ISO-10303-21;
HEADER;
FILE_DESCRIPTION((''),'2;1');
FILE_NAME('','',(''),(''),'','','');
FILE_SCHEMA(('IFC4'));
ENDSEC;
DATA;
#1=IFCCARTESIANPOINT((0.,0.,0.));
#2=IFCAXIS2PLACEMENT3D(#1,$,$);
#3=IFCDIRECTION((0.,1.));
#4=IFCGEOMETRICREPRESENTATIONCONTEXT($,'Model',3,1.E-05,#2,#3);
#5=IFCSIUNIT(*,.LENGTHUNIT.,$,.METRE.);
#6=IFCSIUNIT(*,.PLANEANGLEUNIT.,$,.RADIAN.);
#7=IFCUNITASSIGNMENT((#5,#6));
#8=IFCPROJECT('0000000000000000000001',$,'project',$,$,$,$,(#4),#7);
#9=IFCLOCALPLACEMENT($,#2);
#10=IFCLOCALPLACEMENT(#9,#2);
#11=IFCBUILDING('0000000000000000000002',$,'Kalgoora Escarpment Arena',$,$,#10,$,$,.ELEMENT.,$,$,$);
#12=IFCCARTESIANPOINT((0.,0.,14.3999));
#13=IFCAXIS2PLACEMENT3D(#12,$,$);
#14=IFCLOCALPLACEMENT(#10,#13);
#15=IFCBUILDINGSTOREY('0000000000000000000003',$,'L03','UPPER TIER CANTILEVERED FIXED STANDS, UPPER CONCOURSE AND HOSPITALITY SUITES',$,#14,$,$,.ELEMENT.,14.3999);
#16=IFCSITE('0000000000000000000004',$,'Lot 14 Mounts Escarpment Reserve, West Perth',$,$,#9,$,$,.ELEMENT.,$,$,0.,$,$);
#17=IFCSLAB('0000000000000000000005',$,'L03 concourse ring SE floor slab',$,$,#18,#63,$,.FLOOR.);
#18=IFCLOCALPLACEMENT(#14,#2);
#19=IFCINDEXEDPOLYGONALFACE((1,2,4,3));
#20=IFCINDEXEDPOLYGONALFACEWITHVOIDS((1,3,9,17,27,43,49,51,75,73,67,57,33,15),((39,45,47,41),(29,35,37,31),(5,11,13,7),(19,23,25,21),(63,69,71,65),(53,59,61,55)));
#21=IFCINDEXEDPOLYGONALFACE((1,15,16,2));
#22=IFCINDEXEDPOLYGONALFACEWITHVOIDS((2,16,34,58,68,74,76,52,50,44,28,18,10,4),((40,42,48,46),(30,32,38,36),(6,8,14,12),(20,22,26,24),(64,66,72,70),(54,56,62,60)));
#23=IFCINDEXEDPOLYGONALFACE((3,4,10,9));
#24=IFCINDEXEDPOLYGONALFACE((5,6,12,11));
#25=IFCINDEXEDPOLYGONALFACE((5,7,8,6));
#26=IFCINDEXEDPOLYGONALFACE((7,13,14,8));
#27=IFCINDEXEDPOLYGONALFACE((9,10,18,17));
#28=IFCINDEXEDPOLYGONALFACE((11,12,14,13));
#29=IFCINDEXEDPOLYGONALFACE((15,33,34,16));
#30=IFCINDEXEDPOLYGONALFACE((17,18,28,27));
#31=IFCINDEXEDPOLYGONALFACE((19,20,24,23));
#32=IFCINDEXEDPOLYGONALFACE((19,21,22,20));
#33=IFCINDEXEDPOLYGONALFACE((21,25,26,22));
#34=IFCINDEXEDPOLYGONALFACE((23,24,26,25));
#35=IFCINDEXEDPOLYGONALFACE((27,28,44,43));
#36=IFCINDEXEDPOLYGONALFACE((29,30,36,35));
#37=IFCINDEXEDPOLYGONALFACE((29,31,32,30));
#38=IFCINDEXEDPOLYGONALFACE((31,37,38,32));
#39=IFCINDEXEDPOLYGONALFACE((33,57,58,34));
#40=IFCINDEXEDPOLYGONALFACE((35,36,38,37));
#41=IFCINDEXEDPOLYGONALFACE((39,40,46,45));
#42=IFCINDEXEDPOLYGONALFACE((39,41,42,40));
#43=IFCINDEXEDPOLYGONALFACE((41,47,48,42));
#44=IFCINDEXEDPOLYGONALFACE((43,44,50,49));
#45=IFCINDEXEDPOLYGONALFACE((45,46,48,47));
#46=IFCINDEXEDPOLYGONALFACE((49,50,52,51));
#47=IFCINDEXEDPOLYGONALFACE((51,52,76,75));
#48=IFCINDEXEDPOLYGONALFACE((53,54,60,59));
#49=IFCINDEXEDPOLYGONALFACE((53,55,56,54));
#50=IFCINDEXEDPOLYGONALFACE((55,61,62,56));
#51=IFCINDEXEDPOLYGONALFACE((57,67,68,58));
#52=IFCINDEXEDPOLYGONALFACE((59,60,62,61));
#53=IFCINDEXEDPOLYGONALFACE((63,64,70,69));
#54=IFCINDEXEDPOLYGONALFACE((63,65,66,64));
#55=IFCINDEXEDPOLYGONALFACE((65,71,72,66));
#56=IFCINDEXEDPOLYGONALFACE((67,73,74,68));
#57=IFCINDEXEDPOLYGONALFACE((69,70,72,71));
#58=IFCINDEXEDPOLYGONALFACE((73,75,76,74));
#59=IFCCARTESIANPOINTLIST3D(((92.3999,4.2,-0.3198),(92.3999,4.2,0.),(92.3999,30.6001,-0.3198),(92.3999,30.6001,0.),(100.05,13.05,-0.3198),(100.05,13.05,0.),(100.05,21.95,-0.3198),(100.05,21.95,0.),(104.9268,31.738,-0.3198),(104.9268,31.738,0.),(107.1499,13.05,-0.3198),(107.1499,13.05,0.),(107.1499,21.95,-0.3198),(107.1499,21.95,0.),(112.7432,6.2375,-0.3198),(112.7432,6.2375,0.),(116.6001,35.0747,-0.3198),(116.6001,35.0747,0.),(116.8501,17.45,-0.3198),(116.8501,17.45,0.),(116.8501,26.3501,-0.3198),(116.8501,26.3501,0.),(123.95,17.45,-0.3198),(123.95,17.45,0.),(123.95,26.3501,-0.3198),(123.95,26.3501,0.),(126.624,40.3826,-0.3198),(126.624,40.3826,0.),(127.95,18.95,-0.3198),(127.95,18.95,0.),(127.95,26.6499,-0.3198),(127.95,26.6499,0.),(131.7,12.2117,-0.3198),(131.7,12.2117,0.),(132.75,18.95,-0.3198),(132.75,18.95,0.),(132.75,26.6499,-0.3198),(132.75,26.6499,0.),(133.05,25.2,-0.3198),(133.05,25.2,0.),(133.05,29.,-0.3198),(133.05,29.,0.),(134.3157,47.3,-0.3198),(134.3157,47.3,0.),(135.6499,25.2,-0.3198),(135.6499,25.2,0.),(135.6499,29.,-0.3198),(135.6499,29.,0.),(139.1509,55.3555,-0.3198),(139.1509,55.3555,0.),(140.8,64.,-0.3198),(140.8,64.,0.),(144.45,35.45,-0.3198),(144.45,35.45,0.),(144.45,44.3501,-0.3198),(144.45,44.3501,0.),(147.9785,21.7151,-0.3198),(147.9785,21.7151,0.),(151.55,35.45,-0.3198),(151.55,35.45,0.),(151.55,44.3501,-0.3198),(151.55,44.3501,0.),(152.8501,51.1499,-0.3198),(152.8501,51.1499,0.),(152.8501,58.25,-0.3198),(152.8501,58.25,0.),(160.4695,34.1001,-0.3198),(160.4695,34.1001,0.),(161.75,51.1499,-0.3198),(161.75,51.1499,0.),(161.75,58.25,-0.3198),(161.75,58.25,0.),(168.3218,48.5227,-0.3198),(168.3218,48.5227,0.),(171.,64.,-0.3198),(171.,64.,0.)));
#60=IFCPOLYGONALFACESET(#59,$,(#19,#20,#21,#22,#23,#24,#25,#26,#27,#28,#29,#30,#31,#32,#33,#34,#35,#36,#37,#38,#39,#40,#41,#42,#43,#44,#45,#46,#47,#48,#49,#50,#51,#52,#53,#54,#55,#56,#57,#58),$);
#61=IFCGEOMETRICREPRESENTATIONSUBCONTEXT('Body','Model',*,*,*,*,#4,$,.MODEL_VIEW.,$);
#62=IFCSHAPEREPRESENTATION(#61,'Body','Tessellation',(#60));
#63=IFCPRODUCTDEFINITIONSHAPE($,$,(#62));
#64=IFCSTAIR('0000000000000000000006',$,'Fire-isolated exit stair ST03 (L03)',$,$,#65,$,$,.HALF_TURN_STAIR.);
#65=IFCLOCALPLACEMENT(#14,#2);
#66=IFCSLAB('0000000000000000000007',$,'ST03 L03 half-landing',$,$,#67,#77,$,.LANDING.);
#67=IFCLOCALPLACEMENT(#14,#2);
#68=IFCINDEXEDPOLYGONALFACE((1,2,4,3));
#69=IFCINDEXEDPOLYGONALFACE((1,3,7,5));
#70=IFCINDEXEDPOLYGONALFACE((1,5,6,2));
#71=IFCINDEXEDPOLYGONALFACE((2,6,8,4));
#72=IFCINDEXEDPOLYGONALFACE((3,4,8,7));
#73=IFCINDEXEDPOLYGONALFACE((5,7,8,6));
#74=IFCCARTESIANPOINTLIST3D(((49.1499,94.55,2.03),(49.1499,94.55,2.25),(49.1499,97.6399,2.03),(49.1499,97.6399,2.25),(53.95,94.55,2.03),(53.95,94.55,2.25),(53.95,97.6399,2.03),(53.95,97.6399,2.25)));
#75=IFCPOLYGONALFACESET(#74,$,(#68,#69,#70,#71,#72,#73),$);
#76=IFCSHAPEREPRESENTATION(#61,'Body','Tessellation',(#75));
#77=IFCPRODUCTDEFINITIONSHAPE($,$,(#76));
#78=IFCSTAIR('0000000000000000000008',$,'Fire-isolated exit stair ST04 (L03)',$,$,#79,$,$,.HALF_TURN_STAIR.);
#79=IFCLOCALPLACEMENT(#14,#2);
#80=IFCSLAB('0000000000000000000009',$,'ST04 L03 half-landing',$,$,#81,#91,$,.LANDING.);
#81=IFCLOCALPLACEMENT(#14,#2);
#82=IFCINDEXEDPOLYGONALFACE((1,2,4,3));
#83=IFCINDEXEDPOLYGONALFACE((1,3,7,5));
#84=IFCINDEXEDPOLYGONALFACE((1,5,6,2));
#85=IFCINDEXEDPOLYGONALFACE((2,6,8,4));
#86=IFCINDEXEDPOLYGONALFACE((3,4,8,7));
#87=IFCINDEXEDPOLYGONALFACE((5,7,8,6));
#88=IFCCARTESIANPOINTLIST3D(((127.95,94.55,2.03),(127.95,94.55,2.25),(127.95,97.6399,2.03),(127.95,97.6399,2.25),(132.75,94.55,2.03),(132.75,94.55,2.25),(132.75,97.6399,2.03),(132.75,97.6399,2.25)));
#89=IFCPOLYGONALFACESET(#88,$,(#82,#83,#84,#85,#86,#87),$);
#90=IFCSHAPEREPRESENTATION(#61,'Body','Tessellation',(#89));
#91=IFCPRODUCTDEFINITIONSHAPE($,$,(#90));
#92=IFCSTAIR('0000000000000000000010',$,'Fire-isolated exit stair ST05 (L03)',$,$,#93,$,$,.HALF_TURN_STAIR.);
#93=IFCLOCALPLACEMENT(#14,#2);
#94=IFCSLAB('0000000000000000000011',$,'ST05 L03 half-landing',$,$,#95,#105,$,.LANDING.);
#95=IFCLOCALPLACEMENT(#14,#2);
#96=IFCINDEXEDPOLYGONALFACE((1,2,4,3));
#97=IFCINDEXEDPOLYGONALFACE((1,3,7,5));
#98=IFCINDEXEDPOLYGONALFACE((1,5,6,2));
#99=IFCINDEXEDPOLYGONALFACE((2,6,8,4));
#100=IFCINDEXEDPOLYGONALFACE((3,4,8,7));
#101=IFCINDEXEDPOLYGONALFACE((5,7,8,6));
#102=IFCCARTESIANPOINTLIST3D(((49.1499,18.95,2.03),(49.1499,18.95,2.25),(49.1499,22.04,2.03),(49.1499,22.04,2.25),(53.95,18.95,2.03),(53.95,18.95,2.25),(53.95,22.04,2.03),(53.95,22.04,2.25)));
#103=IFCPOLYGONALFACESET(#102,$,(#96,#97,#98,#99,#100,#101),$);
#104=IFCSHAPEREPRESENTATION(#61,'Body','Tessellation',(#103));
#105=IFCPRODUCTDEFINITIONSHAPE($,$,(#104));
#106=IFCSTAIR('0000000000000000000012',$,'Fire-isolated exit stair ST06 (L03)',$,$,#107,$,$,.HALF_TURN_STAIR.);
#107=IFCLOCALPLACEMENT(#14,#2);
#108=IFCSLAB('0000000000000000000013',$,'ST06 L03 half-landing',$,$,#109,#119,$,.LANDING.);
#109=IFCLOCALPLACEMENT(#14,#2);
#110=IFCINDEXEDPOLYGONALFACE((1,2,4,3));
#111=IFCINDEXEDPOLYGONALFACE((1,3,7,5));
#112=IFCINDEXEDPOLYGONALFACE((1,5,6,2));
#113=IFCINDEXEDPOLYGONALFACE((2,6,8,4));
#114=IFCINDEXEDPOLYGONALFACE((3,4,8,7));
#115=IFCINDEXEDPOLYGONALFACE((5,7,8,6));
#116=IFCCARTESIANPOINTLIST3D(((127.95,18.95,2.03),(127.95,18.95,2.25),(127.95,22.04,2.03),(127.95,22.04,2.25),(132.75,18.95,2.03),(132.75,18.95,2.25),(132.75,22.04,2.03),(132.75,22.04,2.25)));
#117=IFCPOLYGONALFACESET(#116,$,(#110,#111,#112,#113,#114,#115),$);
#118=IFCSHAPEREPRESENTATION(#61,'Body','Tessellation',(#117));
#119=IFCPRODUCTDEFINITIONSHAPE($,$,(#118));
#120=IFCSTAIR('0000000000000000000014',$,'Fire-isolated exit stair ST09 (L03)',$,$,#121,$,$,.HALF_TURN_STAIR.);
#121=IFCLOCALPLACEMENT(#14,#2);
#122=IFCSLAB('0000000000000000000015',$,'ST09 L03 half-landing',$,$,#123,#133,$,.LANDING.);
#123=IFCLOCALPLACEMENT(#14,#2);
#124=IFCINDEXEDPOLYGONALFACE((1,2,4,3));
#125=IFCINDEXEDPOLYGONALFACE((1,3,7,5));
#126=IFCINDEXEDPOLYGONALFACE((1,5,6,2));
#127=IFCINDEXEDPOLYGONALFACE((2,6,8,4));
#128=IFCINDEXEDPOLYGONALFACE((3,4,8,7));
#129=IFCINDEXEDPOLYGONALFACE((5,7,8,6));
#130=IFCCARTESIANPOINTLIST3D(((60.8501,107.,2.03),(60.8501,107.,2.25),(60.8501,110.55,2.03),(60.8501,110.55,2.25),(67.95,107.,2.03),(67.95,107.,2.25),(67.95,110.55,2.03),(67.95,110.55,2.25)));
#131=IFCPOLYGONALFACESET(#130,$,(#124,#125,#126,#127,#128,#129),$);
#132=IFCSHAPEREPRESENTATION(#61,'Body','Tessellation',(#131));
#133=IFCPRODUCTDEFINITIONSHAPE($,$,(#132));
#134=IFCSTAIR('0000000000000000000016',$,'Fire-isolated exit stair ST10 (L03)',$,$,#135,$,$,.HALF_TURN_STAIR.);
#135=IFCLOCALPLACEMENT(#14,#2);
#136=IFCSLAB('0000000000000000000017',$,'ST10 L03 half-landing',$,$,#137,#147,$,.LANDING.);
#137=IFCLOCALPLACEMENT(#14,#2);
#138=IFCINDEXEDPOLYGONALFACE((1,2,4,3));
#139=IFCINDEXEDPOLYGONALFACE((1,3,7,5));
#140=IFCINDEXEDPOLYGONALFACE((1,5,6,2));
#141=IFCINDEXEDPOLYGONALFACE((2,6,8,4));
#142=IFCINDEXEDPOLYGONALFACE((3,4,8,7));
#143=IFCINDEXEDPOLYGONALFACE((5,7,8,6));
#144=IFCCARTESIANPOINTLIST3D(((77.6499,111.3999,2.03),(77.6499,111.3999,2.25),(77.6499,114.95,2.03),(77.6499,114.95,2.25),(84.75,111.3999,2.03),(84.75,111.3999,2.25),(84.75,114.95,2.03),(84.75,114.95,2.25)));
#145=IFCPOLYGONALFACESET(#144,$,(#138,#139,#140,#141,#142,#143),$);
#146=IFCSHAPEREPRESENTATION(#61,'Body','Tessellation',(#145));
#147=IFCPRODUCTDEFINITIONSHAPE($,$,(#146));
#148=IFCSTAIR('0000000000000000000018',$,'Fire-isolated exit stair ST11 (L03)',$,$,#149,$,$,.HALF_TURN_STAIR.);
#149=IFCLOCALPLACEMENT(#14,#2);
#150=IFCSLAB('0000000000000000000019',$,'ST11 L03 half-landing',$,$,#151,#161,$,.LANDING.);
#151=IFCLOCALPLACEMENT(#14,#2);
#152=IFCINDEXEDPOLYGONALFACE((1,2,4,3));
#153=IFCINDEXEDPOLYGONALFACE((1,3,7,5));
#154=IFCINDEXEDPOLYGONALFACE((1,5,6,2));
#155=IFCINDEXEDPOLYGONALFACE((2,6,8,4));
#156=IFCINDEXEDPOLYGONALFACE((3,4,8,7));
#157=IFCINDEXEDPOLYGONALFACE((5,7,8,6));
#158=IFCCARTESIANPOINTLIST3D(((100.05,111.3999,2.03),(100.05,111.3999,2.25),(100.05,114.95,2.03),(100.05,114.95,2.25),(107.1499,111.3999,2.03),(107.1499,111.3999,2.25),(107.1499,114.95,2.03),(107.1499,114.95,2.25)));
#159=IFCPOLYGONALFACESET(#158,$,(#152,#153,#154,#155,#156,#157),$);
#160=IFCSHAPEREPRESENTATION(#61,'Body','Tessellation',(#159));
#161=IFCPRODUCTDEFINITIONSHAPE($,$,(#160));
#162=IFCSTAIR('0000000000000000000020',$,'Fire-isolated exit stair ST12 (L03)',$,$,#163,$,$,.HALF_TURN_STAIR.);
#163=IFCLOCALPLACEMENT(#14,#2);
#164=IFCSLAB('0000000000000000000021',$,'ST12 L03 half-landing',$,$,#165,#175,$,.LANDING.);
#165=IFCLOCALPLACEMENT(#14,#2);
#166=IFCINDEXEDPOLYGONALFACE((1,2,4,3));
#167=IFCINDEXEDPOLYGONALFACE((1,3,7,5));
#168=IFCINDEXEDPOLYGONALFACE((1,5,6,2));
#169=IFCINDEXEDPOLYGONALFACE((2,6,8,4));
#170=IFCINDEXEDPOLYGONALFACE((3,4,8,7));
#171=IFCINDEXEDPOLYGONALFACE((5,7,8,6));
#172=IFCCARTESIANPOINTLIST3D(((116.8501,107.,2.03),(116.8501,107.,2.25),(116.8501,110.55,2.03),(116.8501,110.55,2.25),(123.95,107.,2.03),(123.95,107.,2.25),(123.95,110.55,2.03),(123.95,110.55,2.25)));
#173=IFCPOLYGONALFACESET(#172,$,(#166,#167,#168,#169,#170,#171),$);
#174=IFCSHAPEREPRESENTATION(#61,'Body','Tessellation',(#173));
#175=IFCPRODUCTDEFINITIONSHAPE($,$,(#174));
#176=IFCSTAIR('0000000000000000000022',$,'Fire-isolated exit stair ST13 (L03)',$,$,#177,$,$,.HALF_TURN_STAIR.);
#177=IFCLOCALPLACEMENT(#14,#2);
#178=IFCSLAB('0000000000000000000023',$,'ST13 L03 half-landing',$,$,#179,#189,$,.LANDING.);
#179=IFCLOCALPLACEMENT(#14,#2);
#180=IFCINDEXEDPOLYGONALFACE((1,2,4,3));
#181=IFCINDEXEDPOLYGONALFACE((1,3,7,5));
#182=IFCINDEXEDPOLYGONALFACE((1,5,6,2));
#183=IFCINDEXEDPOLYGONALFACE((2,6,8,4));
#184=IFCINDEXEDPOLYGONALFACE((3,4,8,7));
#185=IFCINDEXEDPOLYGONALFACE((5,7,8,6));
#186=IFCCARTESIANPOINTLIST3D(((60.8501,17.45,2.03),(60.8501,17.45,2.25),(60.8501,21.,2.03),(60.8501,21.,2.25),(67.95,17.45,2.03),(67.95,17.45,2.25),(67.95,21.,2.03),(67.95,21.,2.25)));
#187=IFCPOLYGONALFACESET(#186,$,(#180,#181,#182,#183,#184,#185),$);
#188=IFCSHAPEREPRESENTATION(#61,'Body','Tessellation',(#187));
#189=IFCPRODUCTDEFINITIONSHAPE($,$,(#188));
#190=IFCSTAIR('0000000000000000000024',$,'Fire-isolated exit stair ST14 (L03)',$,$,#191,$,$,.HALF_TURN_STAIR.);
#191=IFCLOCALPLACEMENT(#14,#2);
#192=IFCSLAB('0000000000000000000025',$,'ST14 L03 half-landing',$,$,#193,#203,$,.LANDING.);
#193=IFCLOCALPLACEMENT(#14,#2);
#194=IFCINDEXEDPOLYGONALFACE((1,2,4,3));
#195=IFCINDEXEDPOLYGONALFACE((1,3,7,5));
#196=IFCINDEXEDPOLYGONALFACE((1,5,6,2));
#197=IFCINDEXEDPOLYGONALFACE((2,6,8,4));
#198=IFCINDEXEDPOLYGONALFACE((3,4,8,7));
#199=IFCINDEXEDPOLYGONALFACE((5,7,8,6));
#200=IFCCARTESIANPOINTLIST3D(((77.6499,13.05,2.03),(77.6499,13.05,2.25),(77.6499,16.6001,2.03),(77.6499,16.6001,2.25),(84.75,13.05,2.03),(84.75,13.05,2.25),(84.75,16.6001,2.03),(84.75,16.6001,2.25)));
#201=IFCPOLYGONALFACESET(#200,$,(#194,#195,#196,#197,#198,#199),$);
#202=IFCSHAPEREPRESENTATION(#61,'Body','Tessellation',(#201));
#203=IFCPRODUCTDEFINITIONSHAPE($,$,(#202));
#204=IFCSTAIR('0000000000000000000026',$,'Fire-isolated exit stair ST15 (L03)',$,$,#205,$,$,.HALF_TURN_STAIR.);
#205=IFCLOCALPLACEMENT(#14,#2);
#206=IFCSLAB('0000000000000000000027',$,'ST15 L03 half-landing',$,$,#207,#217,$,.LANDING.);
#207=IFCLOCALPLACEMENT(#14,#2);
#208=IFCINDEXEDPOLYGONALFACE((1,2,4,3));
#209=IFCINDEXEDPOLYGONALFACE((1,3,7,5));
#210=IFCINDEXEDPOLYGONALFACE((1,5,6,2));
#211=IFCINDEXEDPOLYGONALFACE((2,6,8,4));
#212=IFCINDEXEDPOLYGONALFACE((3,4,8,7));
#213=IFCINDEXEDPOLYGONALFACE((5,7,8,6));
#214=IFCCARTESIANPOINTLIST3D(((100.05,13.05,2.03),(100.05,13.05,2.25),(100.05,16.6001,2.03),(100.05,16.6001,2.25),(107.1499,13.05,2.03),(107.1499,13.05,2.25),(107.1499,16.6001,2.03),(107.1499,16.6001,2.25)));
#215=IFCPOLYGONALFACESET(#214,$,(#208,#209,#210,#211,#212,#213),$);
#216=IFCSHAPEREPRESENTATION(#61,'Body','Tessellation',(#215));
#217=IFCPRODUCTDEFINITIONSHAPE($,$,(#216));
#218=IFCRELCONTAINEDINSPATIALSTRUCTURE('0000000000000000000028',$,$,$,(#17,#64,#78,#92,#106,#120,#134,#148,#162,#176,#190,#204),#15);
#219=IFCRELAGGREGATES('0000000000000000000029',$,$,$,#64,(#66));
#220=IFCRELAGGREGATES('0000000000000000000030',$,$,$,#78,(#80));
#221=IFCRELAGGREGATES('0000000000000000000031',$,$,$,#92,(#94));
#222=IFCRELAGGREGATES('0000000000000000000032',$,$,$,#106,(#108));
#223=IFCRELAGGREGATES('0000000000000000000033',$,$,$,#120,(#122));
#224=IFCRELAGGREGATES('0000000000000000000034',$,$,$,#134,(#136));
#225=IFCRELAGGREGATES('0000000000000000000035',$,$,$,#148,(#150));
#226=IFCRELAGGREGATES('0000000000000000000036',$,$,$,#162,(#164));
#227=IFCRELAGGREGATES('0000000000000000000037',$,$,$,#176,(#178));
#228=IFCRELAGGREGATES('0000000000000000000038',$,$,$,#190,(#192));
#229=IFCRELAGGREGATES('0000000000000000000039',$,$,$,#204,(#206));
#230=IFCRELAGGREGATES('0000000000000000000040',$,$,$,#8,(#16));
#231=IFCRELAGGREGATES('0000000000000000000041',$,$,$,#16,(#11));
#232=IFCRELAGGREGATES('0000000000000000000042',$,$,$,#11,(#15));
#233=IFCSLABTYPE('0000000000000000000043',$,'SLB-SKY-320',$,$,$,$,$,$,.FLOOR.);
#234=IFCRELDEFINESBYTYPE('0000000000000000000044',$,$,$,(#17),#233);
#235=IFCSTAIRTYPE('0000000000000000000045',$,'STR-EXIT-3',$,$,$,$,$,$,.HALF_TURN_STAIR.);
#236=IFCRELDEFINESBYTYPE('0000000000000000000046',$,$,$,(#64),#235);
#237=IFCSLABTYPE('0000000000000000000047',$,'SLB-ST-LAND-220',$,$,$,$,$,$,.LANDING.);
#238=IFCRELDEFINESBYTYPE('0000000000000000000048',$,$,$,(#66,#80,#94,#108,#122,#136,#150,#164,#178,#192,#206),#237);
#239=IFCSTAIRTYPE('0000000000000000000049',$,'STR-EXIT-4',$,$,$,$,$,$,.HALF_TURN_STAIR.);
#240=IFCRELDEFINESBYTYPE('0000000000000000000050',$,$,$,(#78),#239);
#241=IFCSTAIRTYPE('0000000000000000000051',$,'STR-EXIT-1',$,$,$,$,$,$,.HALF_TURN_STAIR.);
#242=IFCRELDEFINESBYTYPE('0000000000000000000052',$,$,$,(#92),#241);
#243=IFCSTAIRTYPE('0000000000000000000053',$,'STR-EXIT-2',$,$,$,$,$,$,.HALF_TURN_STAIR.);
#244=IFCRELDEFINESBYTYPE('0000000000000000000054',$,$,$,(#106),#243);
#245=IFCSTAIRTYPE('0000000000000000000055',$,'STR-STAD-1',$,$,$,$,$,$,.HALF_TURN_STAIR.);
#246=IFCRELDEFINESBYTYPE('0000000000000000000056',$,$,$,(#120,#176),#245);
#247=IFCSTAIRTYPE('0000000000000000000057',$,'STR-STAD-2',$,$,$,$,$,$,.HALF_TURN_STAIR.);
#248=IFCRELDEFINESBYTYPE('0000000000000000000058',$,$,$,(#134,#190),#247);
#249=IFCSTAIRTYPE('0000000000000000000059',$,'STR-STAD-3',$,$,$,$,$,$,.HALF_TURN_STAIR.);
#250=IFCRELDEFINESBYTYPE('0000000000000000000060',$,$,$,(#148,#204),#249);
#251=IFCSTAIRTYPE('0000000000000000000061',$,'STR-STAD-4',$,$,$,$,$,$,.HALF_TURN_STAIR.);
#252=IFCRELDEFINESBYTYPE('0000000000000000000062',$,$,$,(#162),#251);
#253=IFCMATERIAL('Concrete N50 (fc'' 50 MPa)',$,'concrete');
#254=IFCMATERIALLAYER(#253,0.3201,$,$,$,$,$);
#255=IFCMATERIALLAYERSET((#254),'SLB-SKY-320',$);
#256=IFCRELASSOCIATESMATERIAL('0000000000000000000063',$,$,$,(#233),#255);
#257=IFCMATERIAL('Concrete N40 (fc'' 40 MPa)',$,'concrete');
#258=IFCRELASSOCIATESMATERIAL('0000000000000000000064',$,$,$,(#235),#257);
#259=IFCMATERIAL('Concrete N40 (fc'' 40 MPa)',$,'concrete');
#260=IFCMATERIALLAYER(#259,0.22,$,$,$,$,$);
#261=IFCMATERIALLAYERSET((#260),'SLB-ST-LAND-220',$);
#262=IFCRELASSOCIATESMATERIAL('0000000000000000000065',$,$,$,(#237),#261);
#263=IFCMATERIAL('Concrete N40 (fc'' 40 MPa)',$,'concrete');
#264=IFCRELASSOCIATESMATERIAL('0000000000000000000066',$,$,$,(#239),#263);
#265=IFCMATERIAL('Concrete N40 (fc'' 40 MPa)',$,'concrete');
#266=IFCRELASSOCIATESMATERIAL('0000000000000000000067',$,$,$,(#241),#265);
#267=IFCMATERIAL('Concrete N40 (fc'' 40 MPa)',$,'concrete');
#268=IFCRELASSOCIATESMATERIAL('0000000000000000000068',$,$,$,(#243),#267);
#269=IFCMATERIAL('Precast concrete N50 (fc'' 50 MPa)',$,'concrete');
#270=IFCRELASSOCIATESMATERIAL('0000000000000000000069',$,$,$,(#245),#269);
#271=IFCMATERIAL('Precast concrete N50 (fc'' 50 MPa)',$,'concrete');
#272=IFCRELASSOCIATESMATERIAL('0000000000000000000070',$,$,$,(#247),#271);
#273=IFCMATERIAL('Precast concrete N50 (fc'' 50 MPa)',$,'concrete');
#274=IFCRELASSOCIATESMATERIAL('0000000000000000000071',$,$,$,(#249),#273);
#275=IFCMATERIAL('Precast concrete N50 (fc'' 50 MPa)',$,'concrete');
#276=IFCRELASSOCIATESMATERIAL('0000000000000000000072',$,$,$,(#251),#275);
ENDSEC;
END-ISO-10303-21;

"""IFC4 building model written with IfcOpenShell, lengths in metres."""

from ifc_helpers import new_model, si_unit, direction, frame, origin, place, context, subcontext, project, spatial, polyline, outline, extrude, material, layer, layer_set, type_object, element, aggregate, save


model = new_model("IFC4")

# Units and contexts
model_context = context("Model", 3, precision=1e-05, world=origin(), true_north=direction((0.0, 1.0)))
body_context = subcontext(model_context, "Body", "Model", "MODEL_VIEW")
ifc_project = project(units=[si_unit("LENGTHUNIT", "METRE"), si_unit("PLANEANGLEUNIT", "RADIAN")], contexts=[model_context])

# Site, building, storey
site_placement = place(None, origin())
site = spatial("IfcSite", under=ifc_project, at=site_placement, Name="Lot 14 Mounts Escarpment Reserve, West Perth", CompositionType="ELEMENT", RefElevation=0.0)
building_placement = place(site_placement, origin())
building = spatial("IfcBuilding", under=site, at=building_placement, Name="Kalgoora Escarpment Arena", CompositionType="ELEMENT")
storey_placement = place(building_placement, frame((0.0, 0.0, 14.3999)))
storey = spatial("IfcBuildingStorey", under=building, at=storey_placement, Name="L03", Description="UPPER TIER CANTILEVERED FIXED STANDS, UPPER CONCOURSE AND HOSPITALITY SUITES", CompositionType="ELEMENT", Elevation=14.3999)

# Slab
ifc_material_1 = material(Name="Concrete N50 (fc' 50 MPa)", Category="concrete")
ifc_layer_1 = layer(ifc_material_1, 0.3201)
ifc_layer_set_1 = layer_set([ifc_layer_1], Name="SLB-SKY-320")
slab_type_1 = type_object("IfcSlabType", Name="SLB-SKY-320", PredefinedType="FLOOR", material=ifc_layer_set_1)
slab_1_placement = place(storey_placement, frame((0.0, 0.0, -0.3198)))
element("IfcSlab", 1, at=slab_1_placement, inside=storey, type_object=slab_type_1, Name="L03 concourse ring SE floor slab", PredefinedType="FLOOR", context=body_context, shape_type="SweptSolid", body=[
    extrude(outline(polyline([(168.3218, 48.5227), (160.4695, 34.1001), (147.9785, 21.7151), (131.7, 12.2117), (112.7432, 6.2375), (92.3999, 4.2), (92.3999, 30.6001), (104.9268, 31.738), (116.6001, 35.0747), (126.624, 40.3826), (134.3157, 47.3), (139.1509, 55.3555), (140.8, 64.0), (171.0, 64.0), (168.3218, 48.5227)]), holes=[polyline([(107.1499, 21.95), (100.05, 21.95), (100.05, 13.05), (107.1499, 13.05), (107.1499, 21.95)]), polyline([(123.95, 26.3501), (116.8501, 26.3501), (116.8501, 17.45), (123.95, 17.45), (123.95, 26.3501)]), polyline([(132.75, 26.6499), (127.95, 26.6499), (127.95, 18.95), (132.75, 18.95), (132.75, 26.6499)]), polyline([(135.6499, 29.0), (133.05, 29.0), (133.05, 25.2), (135.6499, 25.2), (135.6499, 29.0)]), polyline([(151.55, 44.3501), (144.45, 44.3501), (144.45, 35.45), (151.55, 35.45), (151.55, 44.3501)]), polyline([(161.75, 58.25), (152.8501, 58.25), (152.8501, 51.1499), (161.75, 51.1499), (161.75, 58.25)])]), origin(), (0.0, 0.0, 1.0), 0.3198),
])

# Stairs, slabs
ifc_material_2 = material(Name="Concrete N40 (fc' 40 MPa)", Category="concrete")
stair_type_1 = type_object("IfcStairType", Name="STR-EXIT-3", PredefinedType="HALF_TURN_STAIR", material=ifc_material_2)
stair_1_placement = place(storey_placement, origin())
stair_1 = element("IfcStair", 2, at=stair_1_placement, inside=storey, type_object=stair_type_1, Name="Fire-isolated exit stair ST03 (L03)", PredefinedType="HALF_TURN_STAIR")
ifc_material_3 = material(Name="Concrete N40 (fc' 40 MPa)", Category="concrete")
ifc_layer_2 = layer(ifc_material_3, 0.22)
ifc_layer_set_2 = layer_set([ifc_layer_2], Name="SLB-ST-LAND-220")
slab_type_2 = type_object("IfcSlabType", Name="SLB-ST-LAND-220", PredefinedType="LANDING", material=ifc_layer_set_2)
slab_2_placement = place(storey_placement, frame((0.0, 0.0, 2.03)))
slab_2 = element("IfcSlab", 3, at=slab_2_placement, type_object=slab_type_2, Name="ST03 L03 half-landing", PredefinedType="LANDING", context=body_context, shape_type="SweptSolid", body=[
    extrude(outline(polyline([(53.95, 97.6399), (53.95, 94.55), (49.1499, 94.55), (49.1499, 97.6399), (53.95, 97.6399)])), origin(), (0.0, 0.0, 1.0), 0.22),
])
aggregate(stair_1, [slab_2])
ifc_material_4 = material(Name="Concrete N40 (fc' 40 MPa)", Category="concrete")
stair_type_2 = type_object("IfcStairType", Name="STR-EXIT-4", PredefinedType="HALF_TURN_STAIR", material=ifc_material_4)
stair_2_placement = place(storey_placement, origin())
stair_2 = element("IfcStair", 4, at=stair_2_placement, inside=storey, type_object=stair_type_2, Name="Fire-isolated exit stair ST04 (L03)", PredefinedType="HALF_TURN_STAIR")
slab_3_placement = place(storey_placement, frame((0.0, 0.0, 2.03)))
slab_3 = element("IfcSlab", 5, at=slab_3_placement, type_object=slab_type_2, Name="ST04 L03 half-landing", PredefinedType="LANDING", context=body_context, shape_type="SweptSolid", body=[
    extrude(outline(polyline([(132.75, 97.6399), (132.75, 94.55), (127.95, 94.55), (127.95, 97.6399), (132.75, 97.6399)])), origin(), (0.0, 0.0, 1.0), 0.22),
])
aggregate(stair_2, [slab_3])
ifc_material_5 = material(Name="Concrete N40 (fc' 40 MPa)", Category="concrete")
stair_type_3 = type_object("IfcStairType", Name="STR-EXIT-1", PredefinedType="HALF_TURN_STAIR", material=ifc_material_5)
stair_3_placement = place(storey_placement, origin())
stair_3 = element("IfcStair", 6, at=stair_3_placement, inside=storey, type_object=stair_type_3, Name="Fire-isolated exit stair ST05 (L03)", PredefinedType="HALF_TURN_STAIR")
slab_4_placement = place(storey_placement, frame((0.0, 0.0, 2.03)))
slab_4 = element("IfcSlab", 7, at=slab_4_placement, type_object=slab_type_2, Name="ST05 L03 half-landing", PredefinedType="LANDING", context=body_context, shape_type="SweptSolid", body=[
    extrude(outline(polyline([(53.95, 22.04), (53.95, 18.95), (49.1499, 18.95), (49.1499, 22.04), (53.95, 22.04)])), origin(), (0.0, 0.0, 1.0), 0.22),
])
aggregate(stair_3, [slab_4])
ifc_material_6 = material(Name="Concrete N40 (fc' 40 MPa)", Category="concrete")
stair_type_4 = type_object("IfcStairType", Name="STR-EXIT-2", PredefinedType="HALF_TURN_STAIR", material=ifc_material_6)
stair_4_placement = place(storey_placement, origin())
stair_4 = element("IfcStair", 8, at=stair_4_placement, inside=storey, type_object=stair_type_4, Name="Fire-isolated exit stair ST06 (L03)", PredefinedType="HALF_TURN_STAIR")
slab_5_placement = place(storey_placement, frame((0.0, 0.0, 2.03)))
slab_5 = element("IfcSlab", 9, at=slab_5_placement, type_object=slab_type_2, Name="ST06 L03 half-landing", PredefinedType="LANDING", context=body_context, shape_type="SweptSolid", body=[
    extrude(outline(polyline([(132.75, 22.04), (132.75, 18.95), (127.95, 18.95), (127.95, 22.04), (132.75, 22.04)])), origin(), (0.0, 0.0, 1.0), 0.22),
])
aggregate(stair_4, [slab_5])
ifc_material_7 = material(Name="Precast concrete N50 (fc' 50 MPa)", Category="concrete")
stair_type_5 = type_object("IfcStairType", Name="STR-STAD-1", PredefinedType="HALF_TURN_STAIR", material=ifc_material_7)
stair_5_placement = place(storey_placement, origin())
stair_5 = element("IfcStair", 10, at=stair_5_placement, inside=storey, type_object=stair_type_5, Name="Fire-isolated exit stair ST09 (L03)", PredefinedType="HALF_TURN_STAIR")
slab_6_placement = place(storey_placement, frame((0.0, 0.0, 2.03)))
slab_6 = element("IfcSlab", 11, at=slab_6_placement, type_object=slab_type_2, Name="ST09 L03 half-landing", PredefinedType="LANDING", context=body_context, shape_type="SweptSolid", body=[
    extrude(outline(polyline([(60.8501, 107.0), (60.8501, 110.55), (67.95, 110.55), (67.95, 107.0), (60.8501, 107.0)])), origin(), (0.0, 0.0, 1.0), 0.22),
])
aggregate(stair_5, [slab_6])
ifc_material_8 = material(Name="Precast concrete N50 (fc' 50 MPa)", Category="concrete")
stair_type_6 = type_object("IfcStairType", Name="STR-STAD-2", PredefinedType="HALF_TURN_STAIR", material=ifc_material_8)
stair_6_placement = place(storey_placement, origin())
stair_6 = element("IfcStair", 12, at=stair_6_placement, inside=storey, type_object=stair_type_6, Name="Fire-isolated exit stair ST10 (L03)", PredefinedType="HALF_TURN_STAIR")
slab_7_placement = place(storey_placement, frame((0.0, 0.0, 2.03)))
slab_7 = element("IfcSlab", 13, at=slab_7_placement, type_object=slab_type_2, Name="ST10 L03 half-landing", PredefinedType="LANDING", context=body_context, shape_type="SweptSolid", body=[
    extrude(outline(polyline([(77.6499, 111.3999), (77.6499, 114.95), (84.75, 114.95), (84.75, 111.3999), (77.6499, 111.3999)])), origin(), (0.0, 0.0, 1.0), 0.22),
])
aggregate(stair_6, [slab_7])
ifc_material_9 = material(Name="Precast concrete N50 (fc' 50 MPa)", Category="concrete")
stair_type_7 = type_object("IfcStairType", Name="STR-STAD-3", PredefinedType="HALF_TURN_STAIR", material=ifc_material_9)
stair_7_placement = place(storey_placement, origin())
stair_7 = element("IfcStair", 14, at=stair_7_placement, inside=storey, type_object=stair_type_7, Name="Fire-isolated exit stair ST11 (L03)", PredefinedType="HALF_TURN_STAIR")
slab_8_placement = place(storey_placement, frame((0.0, 0.0, 2.03)))
slab_8 = element("IfcSlab", 15, at=slab_8_placement, type_object=slab_type_2, Name="ST11 L03 half-landing", PredefinedType="LANDING", context=body_context, shape_type="SweptSolid", body=[
    extrude(outline(polyline([(100.05, 111.3999), (100.05, 114.95), (107.1499, 114.95), (107.1499, 111.3999), (100.05, 111.3999)])), origin(), (0.0, 0.0, 1.0), 0.22),
])
aggregate(stair_7, [slab_8])
ifc_material_10 = material(Name="Precast concrete N50 (fc' 50 MPa)", Category="concrete")
stair_type_8 = type_object("IfcStairType", Name="STR-STAD-4", PredefinedType="HALF_TURN_STAIR", material=ifc_material_10)
stair_8_placement = place(storey_placement, origin())
stair_8 = element("IfcStair", 16, at=stair_8_placement, inside=storey, type_object=stair_type_8, Name="Fire-isolated exit stair ST12 (L03)", PredefinedType="HALF_TURN_STAIR")
slab_9_placement = place(storey_placement, frame((0.0, 0.0, 2.03)))
slab_9 = element("IfcSlab", 17, at=slab_9_placement, type_object=slab_type_2, Name="ST12 L03 half-landing", PredefinedType="LANDING", context=body_context, shape_type="SweptSolid", body=[
    extrude(outline(polyline([(116.8501, 107.0), (116.8501, 110.55), (123.95, 110.55), (123.95, 107.0), (116.8501, 107.0)])), origin(), (0.0, 0.0, 1.0), 0.22),
])
aggregate(stair_8, [slab_9])
stair_9_placement = place(storey_placement, origin())
stair_9 = element("IfcStair", 18, at=stair_9_placement, inside=storey, type_object=stair_type_5, Name="Fire-isolated exit stair ST13 (L03)", PredefinedType="HALF_TURN_STAIR")
slab_10_placement = place(storey_placement, frame((0.0, 0.0, 2.03)))
slab_10 = element("IfcSlab", 19, at=slab_10_placement, type_object=slab_type_2, Name="ST13 L03 half-landing", PredefinedType="LANDING", context=body_context, shape_type="SweptSolid", body=[
    extrude(outline(polyline([(67.95, 21.0), (67.95, 17.45), (60.8501, 17.45), (60.8501, 21.0), (67.95, 21.0)])), origin(), (0.0, 0.0, 1.0), 0.22),
])
aggregate(stair_9, [slab_10])
stair_10_placement = place(storey_placement, origin())
stair_10 = element("IfcStair", 20, at=stair_10_placement, inside=storey, type_object=stair_type_6, Name="Fire-isolated exit stair ST14 (L03)", PredefinedType="HALF_TURN_STAIR")
slab_11_placement = place(storey_placement, frame((0.0, 0.0, 2.03)))
slab_11 = element("IfcSlab", 21, at=slab_11_placement, type_object=slab_type_2, Name="ST14 L03 half-landing", PredefinedType="LANDING", context=body_context, shape_type="SweptSolid", body=[
    extrude(outline(polyline([(84.75, 16.6001), (84.75, 13.05), (77.6499, 13.05), (77.6499, 16.6001), (84.75, 16.6001)])), origin(), (0.0, 0.0, 1.0), 0.22),
])
aggregate(stair_10, [slab_11])
stair_11_placement = place(storey_placement, origin())
stair_11 = element("IfcStair", 22, at=stair_11_placement, inside=storey, type_object=stair_type_7, Name="Fire-isolated exit stair ST15 (L03)", PredefinedType="HALF_TURN_STAIR")
slab_12_placement = place(storey_placement, frame((0.0, 0.0, 2.03)))
slab_12 = element("IfcSlab", 23, at=slab_12_placement, type_object=slab_type_2, Name="ST15 L03 half-landing", PredefinedType="LANDING", context=body_context, shape_type="SweptSolid", body=[
    extrude(outline(polyline([(107.1499, 16.6001), (107.1499, 13.05), (100.05, 13.05), (100.05, 16.6001), (107.1499, 16.6001)])), origin(), (0.0, 0.0, 1.0), 0.22),
])
aggregate(stair_11, [slab_12])

save(model, "model.ifc")
